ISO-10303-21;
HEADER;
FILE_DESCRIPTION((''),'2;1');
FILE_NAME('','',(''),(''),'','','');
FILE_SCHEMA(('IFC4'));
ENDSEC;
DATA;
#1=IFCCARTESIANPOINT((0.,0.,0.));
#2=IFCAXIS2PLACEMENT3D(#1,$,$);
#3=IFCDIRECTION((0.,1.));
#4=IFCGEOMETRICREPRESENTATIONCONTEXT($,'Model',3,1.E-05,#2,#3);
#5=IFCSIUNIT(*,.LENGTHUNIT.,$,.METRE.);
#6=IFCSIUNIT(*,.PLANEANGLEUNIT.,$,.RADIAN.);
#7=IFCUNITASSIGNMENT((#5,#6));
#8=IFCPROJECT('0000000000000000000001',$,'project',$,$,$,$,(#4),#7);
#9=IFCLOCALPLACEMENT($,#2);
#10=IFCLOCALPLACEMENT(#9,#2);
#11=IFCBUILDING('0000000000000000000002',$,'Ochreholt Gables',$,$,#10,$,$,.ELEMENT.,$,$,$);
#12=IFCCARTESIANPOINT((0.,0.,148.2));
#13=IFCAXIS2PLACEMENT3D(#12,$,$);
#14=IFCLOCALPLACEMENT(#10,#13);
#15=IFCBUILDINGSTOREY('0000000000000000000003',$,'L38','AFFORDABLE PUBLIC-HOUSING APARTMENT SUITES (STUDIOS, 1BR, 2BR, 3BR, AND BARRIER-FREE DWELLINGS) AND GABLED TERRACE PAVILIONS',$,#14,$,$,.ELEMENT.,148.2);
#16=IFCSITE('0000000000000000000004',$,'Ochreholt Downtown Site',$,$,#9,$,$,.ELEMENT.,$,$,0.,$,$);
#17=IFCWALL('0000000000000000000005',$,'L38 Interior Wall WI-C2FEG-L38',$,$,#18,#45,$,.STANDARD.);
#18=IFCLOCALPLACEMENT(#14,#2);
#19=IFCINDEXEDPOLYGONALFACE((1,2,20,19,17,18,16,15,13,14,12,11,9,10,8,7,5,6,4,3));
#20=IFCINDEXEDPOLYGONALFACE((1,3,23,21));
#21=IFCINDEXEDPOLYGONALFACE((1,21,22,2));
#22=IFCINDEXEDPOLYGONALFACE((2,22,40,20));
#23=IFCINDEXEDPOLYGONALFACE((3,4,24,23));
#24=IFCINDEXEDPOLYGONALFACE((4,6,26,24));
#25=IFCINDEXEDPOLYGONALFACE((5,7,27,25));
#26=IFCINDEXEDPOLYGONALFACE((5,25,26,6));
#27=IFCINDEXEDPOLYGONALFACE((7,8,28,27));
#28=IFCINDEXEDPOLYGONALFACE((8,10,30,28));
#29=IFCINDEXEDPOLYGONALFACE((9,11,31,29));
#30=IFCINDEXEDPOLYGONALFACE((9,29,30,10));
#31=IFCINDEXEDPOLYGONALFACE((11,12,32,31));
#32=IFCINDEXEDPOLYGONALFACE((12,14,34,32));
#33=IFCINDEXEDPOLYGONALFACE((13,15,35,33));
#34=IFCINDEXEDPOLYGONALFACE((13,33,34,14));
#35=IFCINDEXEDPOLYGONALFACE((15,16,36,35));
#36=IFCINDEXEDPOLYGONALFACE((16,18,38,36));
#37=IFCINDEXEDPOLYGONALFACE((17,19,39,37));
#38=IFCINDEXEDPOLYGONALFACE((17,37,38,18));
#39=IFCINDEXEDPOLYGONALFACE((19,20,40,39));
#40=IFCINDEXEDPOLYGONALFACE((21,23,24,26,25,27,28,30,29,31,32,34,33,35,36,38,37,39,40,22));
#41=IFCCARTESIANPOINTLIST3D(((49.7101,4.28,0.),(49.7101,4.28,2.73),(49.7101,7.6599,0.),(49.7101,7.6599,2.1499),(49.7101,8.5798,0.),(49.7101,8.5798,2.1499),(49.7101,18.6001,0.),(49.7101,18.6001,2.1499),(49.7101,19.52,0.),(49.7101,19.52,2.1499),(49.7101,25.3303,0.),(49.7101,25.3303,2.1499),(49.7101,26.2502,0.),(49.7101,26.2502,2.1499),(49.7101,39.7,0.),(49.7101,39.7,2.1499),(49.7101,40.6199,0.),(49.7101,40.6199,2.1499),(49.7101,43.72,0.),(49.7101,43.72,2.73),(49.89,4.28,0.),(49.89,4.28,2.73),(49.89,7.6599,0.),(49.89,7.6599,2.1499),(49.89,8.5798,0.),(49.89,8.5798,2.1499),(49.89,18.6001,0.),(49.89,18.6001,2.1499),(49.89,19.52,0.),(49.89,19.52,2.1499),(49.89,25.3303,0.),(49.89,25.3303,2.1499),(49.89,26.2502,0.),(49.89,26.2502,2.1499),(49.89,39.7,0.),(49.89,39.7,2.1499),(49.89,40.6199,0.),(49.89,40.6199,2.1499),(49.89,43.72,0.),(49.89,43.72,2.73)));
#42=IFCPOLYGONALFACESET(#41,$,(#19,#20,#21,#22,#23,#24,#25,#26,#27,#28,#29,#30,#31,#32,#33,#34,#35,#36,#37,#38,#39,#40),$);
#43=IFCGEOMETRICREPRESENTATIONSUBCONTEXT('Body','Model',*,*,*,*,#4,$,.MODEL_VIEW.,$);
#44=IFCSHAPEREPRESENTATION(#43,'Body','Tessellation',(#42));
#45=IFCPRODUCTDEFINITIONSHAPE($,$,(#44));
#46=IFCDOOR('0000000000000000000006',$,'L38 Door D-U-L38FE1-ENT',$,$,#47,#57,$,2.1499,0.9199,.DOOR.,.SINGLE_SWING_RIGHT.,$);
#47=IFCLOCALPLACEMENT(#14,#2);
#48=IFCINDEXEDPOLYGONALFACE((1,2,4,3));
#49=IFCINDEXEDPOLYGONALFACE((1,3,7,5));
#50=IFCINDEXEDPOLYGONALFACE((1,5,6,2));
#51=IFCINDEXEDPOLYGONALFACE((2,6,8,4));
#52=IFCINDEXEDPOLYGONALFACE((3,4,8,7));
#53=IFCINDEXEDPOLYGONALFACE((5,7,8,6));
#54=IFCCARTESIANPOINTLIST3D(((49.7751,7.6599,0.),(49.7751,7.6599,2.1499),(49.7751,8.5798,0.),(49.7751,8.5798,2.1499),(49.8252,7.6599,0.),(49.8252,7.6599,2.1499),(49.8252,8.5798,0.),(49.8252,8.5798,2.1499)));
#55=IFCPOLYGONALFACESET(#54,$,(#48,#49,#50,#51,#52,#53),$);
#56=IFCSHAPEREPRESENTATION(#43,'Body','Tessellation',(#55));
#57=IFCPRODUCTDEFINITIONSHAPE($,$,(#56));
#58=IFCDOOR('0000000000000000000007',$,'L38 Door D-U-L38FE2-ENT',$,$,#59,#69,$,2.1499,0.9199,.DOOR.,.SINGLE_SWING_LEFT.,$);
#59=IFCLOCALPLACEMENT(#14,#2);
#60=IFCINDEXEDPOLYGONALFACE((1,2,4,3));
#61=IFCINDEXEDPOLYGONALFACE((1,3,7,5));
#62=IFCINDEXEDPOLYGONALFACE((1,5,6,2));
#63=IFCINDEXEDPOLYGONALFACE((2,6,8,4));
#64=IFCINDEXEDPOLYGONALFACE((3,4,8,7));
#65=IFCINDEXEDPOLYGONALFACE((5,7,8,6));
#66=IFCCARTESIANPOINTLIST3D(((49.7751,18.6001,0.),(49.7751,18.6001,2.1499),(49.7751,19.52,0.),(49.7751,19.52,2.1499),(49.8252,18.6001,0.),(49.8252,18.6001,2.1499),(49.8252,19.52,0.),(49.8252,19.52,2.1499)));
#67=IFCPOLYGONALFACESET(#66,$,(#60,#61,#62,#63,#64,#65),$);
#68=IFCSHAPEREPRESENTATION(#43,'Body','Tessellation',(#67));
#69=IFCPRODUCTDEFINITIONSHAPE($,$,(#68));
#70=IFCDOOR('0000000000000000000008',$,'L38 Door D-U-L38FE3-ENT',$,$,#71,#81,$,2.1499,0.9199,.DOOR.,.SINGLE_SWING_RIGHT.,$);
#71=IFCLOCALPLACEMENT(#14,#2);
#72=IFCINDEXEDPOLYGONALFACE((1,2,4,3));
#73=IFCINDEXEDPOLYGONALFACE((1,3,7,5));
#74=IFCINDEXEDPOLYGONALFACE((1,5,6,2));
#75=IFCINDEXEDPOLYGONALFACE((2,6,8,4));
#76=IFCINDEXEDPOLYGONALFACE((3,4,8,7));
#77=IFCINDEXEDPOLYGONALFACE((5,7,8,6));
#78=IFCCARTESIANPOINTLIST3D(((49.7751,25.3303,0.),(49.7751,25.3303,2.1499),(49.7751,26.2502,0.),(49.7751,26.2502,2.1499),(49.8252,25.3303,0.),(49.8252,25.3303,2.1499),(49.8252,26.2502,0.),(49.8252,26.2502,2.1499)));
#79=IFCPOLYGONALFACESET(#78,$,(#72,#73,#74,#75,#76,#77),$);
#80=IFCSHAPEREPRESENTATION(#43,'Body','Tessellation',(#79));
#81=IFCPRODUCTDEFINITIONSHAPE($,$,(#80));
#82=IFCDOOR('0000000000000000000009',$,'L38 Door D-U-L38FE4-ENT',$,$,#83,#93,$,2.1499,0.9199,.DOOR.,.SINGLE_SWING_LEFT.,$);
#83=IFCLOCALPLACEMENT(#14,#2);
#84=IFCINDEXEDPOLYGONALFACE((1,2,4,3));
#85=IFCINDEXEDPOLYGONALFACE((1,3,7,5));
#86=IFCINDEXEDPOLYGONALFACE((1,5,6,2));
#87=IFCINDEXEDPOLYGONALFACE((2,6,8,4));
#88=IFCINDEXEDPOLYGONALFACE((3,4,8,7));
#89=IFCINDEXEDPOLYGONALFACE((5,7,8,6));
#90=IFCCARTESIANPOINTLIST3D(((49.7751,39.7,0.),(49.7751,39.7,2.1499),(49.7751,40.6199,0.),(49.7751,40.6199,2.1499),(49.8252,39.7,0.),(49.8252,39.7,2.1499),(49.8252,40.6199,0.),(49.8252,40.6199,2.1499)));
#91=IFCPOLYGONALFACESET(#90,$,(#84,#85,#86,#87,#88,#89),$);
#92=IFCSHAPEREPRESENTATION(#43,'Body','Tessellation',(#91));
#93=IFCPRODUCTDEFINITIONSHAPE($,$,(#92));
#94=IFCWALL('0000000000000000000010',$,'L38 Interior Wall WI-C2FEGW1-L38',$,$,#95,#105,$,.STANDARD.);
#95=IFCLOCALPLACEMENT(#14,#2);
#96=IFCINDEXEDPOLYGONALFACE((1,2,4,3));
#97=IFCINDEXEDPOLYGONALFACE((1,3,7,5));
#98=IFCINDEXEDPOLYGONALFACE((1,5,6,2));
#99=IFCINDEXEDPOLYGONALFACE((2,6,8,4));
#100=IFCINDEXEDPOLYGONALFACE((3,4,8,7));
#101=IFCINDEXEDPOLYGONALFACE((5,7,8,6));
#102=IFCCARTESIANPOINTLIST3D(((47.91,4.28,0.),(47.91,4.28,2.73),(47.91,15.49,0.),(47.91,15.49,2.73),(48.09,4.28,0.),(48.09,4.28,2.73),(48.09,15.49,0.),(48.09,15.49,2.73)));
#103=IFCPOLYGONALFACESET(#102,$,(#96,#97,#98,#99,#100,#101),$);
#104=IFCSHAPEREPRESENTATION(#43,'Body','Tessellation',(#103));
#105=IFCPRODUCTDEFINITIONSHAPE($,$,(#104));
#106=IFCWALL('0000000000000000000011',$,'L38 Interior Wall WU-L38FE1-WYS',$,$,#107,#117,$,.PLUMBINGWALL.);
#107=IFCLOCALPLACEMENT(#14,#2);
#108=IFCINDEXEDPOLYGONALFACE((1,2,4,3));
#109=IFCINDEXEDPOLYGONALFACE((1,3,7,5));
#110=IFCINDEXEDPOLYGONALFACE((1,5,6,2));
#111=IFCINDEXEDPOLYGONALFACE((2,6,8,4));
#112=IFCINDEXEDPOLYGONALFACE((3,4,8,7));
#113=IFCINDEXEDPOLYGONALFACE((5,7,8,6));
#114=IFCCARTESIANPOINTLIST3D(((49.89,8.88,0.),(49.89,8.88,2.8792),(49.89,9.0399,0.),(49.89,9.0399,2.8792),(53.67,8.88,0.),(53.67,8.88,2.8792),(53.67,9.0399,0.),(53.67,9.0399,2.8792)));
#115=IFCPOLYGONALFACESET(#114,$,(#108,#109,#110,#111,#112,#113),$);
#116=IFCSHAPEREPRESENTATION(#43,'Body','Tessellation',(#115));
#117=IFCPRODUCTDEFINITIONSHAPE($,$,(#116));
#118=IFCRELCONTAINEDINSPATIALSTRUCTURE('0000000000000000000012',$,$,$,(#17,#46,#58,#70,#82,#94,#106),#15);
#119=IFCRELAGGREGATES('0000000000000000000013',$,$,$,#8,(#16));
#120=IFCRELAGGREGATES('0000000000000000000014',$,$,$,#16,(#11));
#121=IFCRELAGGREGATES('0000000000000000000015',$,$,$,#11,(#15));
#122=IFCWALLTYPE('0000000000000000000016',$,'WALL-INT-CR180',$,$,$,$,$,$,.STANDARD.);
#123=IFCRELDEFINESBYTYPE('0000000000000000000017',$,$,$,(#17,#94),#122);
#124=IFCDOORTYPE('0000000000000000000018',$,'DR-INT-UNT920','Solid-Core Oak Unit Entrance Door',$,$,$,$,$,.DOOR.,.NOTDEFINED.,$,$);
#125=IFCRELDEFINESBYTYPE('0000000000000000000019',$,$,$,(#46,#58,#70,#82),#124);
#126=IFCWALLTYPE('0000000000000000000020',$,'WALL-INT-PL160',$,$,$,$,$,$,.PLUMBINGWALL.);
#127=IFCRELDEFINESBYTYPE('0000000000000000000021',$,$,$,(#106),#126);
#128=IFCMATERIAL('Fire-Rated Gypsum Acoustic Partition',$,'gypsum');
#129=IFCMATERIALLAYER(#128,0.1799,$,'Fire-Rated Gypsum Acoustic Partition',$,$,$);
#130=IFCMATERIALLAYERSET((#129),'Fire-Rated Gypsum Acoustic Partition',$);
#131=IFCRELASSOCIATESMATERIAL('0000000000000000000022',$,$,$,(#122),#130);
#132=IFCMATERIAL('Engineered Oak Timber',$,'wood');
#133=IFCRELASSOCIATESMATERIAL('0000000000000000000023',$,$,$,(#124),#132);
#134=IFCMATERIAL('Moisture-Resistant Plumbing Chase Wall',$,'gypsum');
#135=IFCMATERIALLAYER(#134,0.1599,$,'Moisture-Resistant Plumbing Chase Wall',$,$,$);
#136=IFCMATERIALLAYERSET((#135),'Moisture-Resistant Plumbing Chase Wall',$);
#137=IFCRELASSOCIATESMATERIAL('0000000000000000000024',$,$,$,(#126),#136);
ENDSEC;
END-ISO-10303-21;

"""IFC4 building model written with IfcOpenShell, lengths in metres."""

from ifc_helpers import new_model, si_unit, direction, frame, frame_2d, origin, place, context, subcontext, project, spatial, rectangle, extrude, material, layer, layer_set, type_object, element, fill, save


model = new_model("IFC4")

# Units and contexts
model_context = context("Model", 3, precision=1e-05, world=origin(), true_north=direction((0.0, 1.0)))
body_context = subcontext(model_context, "Body", "Model", "MODEL_VIEW")
ifc_project = project(units=[si_unit("LENGTHUNIT", "METRE"), si_unit("PLANEANGLEUNIT", "RADIAN")], contexts=[model_context])

# Site, building, storey
site_placement = place(None, origin())
site = spatial("IfcSite", under=ifc_project, at=site_placement, Name="Ochreholt Downtown Site", CompositionType="ELEMENT", RefElevation=0.0)
building_placement = place(site_placement, origin())
building = spatial("IfcBuilding", under=site, at=building_placement, Name="Ochreholt Gables", CompositionType="ELEMENT")
storey_placement = place(building_placement, frame((0.0, 0.0, 148.2)))
storey = spatial("IfcBuildingStorey", under=building, at=storey_placement, Name="L38", Description="AFFORDABLE PUBLIC-HOUSING APARTMENT SUITES (STUDIOS, 1BR, 2BR, 3BR, AND BARRIER-FREE DWELLINGS) AND GABLED TERRACE PAVILIONS", CompositionType="ELEMENT", Elevation=148.2)

# Wall, openings, doors
ifc_material_1 = material(Name="Fire-Rated Gypsum Acoustic Partition", Category="gypsum")
ifc_layer_1 = layer(ifc_material_1, 0.1799, Name="Fire-Rated Gypsum Acoustic Partition")
ifc_layer_set_1 = layer_set([ifc_layer_1], Name="Fire-Rated Gypsum Acoustic Partition")
wall_type_1 = type_object("IfcWallType", Name="WALL-INT-CR180", PredefinedType="STANDARD", material=ifc_layer_set_1)
wall_1_placement = place(storey_placement, frame((49.8, 4.28, 0.0), z_axis=(0.0, 0.0, 1.0), x_axis=(0.0, 1.0, 0.0)))
wall_1 = element("IfcWall", 1, at=wall_1_placement, inside=storey, type_object=wall_type_1, Name="L38 Interior Wall WI-C2FEG-L38", PredefinedType="STANDARD", context=body_context, shape_type="SweptSolid", body=[
    extrude(rectangle(XDim=39.4399, YDim=0.1799, at=frame_2d((19.72, 0.0))), origin(), (0.0, 0.0, 1.0), 2.73),
])
opening_1_placement = place(wall_1_placement, frame((3.3799, 0.0, 0.0)))
opening_1 = element("IfcOpeningElement", 2, at=opening_1_placement, cuts=wall_1, PredefinedType="OPENING", context=body_context, shape_type="SweptSolid", body=[
    extrude(rectangle(XDim=0.9199, YDim=2.1499, at=frame_2d((0.46, 1.075))), frame((0.0, 0.0999, 0.0), z_axis=(0.0, -1.0, 0.0), x_axis=(1.0, 0.0, 0.0)), (0.0, 0.0, 1.0), 0.2),
])
opening_2_placement = place(wall_1_placement, frame((14.3201, 0.0, 0.0)))
opening_2 = element("IfcOpeningElement", 3, at=opening_2_placement, cuts=wall_1, PredefinedType="OPENING", context=body_context, shape_type="SweptSolid", body=[
    extrude(rectangle(XDim=0.9199, YDim=2.1499, at=frame_2d((0.46, 1.075))), frame((0.0, 0.0999, 0.0), z_axis=(0.0, -1.0, 0.0), x_axis=(1.0, 0.0, 0.0)), (0.0, 0.0, 1.0), 0.2),
])
opening_3_placement = place(wall_1_placement, frame((21.0503, 0.0, 0.0)))
opening_3 = element("IfcOpeningElement", 4, at=opening_3_placement, cuts=wall_1, PredefinedType="OPENING", context=body_context, shape_type="SweptSolid", body=[
    extrude(rectangle(XDim=0.9199, YDim=2.1499, at=frame_2d((0.46, 1.075))), frame((0.0, 0.0999, 0.0), z_axis=(0.0, -1.0, 0.0), x_axis=(1.0, 0.0, 0.0)), (0.0, 0.0, 1.0), 0.2),
])
opening_4_placement = place(wall_1_placement, frame((35.4199, 0.0, 0.0)))
opening_4 = element("IfcOpeningElement", 5, at=opening_4_placement, cuts=wall_1, PredefinedType="OPENING", context=body_context, shape_type="SweptSolid", body=[
    extrude(rectangle(XDim=0.9199, YDim=2.1499, at=frame_2d((0.46, 1.075))), frame((0.0, 0.0999, 0.0), z_axis=(0.0, -1.0, 0.0), x_axis=(1.0, 0.0, 0.0)), (0.0, 0.0, 1.0), 0.2),
])
ifc_material_2 = material(Name="Engineered Oak Timber", Category="wood")
door_type_1 = type_object("IfcDoorType", Name="DR-INT-UNT920", Description="Solid-Core Oak Unit Entrance Door", OperationType="NOTDEFINED", PredefinedType="DOOR", material=ifc_material_2)
door_1_placement = place(opening_1_placement, origin())
door_1 = element("IfcDoor", 6, at=door_1_placement, inside=storey, type_object=door_type_1, Name="L38 Door D-U-L38FE1-ENT", OperationType="SINGLE_SWING_RIGHT", OverallHeight=2.1499, OverallWidth=0.9199, PredefinedType="DOOR", context=body_context, shape_type="SweptSolid", body=[
    extrude(rectangle(XDim=0.9199, YDim=2.1499, at=frame_2d((0.46, 1.075))), frame((0.0, 0.0249, 0.0), z_axis=(0.0, -1.0, 0.0), x_axis=(1.0, 0.0, 0.0)), (0.0, 0.0, 1.0), 0.05),
])
fill(opening_1, door_1)
door_2_placement = place(opening_2_placement, origin())
door_2 = element("IfcDoor", 7, at=door_2_placement, inside=storey, type_object=door_type_1, Name="L38 Door D-U-L38FE2-ENT", OperationType="SINGLE_SWING_LEFT", OverallHeight=2.1499, OverallWidth=0.9199, PredefinedType="DOOR", context=body_context, shape_type="SweptSolid", body=[
    extrude(rectangle(XDim=0.9199, YDim=2.1499, at=frame_2d((0.46, 1.075))), frame((0.0, 0.0249, 0.0), z_axis=(0.0, -1.0, 0.0), x_axis=(1.0, 0.0, 0.0)), (0.0, 0.0, 1.0), 0.05),
])
fill(opening_2, door_2)
door_3_placement = place(opening_3_placement, origin())
door_3 = element("IfcDoor", 8, at=door_3_placement, inside=storey, type_object=door_type_1, Name="L38 Door D-U-L38FE3-ENT", OperationType="SINGLE_SWING_RIGHT", OverallHeight=2.1499, OverallWidth=0.9199, PredefinedType="DOOR", context=body_context, shape_type="SweptSolid", body=[
    extrude(rectangle(XDim=0.9199, YDim=2.1499, at=frame_2d((0.46, 1.075))), frame((0.0, 0.0249, 0.0), z_axis=(0.0, -1.0, 0.0), x_axis=(1.0, 0.0, 0.0)), (0.0, 0.0, 1.0), 0.05),
])
fill(opening_3, door_3)
door_4_placement = place(opening_4_placement, origin())
door_4 = element("IfcDoor", 9, at=door_4_placement, inside=storey, type_object=door_type_1, Name="L38 Door D-U-L38FE4-ENT", OperationType="SINGLE_SWING_LEFT", OverallHeight=2.1499, OverallWidth=0.9199, PredefinedType="DOOR", context=body_context, shape_type="SweptSolid", body=[
    extrude(rectangle(XDim=0.9199, YDim=2.1499, at=frame_2d((0.46, 1.075))), frame((0.0, 0.0249, 0.0), z_axis=(0.0, -1.0, 0.0), x_axis=(1.0, 0.0, 0.0)), (0.0, 0.0, 1.0), 0.05),
])
fill(opening_4, door_4)

# Walls
wall_2_placement = place(storey_placement, frame((48.0, 4.28, 0.0), z_axis=(0.0, 0.0, 1.0), x_axis=(0.0, 1.0, 0.0)))
element("IfcWall", 10, at=wall_2_placement, inside=storey, type_object=wall_type_1, Name="L38 Interior Wall WI-C2FEGW1-L38", PredefinedType="STANDARD", context=body_context, shape_type="SweptSolid", body=[
    extrude(rectangle(XDim=11.21, YDim=0.1799, at=frame_2d((5.605, 0.0))), origin(), (0.0, 0.0, 1.0), 2.73),
])
ifc_material_3 = material(Name="Moisture-Resistant Plumbing Chase Wall", Category="gypsum")
ifc_layer_2 = layer(ifc_material_3, 0.1599, Name="Moisture-Resistant Plumbing Chase Wall")
ifc_layer_set_2 = layer_set([ifc_layer_2], Name="Moisture-Resistant Plumbing Chase Wall")
wall_type_2 = type_object("IfcWallType", Name="WALL-INT-PL160", PredefinedType="PLUMBINGWALL", material=ifc_layer_set_2)
wall_3_placement = place(storey_placement, frame((49.8899, 8.96, 0.0), z_axis=(0.0, 0.0, 1.0), x_axis=(1.0, 0.0, 0.0)))
element("IfcWall", 11, at=wall_3_placement, inside=storey, type_object=wall_type_2, Name="L38 Interior Wall WU-L38FE1-WYS", PredefinedType="PLUMBINGWALL", context=body_context, shape_type="SweptSolid", body=[
    extrude(rectangle(XDim=3.78, YDim=0.1599, at=frame_2d((1.8901, 0.0))), origin(), (0.0, 0.0, 1.0), 2.8792),
])

save(model, "model.ifc")
